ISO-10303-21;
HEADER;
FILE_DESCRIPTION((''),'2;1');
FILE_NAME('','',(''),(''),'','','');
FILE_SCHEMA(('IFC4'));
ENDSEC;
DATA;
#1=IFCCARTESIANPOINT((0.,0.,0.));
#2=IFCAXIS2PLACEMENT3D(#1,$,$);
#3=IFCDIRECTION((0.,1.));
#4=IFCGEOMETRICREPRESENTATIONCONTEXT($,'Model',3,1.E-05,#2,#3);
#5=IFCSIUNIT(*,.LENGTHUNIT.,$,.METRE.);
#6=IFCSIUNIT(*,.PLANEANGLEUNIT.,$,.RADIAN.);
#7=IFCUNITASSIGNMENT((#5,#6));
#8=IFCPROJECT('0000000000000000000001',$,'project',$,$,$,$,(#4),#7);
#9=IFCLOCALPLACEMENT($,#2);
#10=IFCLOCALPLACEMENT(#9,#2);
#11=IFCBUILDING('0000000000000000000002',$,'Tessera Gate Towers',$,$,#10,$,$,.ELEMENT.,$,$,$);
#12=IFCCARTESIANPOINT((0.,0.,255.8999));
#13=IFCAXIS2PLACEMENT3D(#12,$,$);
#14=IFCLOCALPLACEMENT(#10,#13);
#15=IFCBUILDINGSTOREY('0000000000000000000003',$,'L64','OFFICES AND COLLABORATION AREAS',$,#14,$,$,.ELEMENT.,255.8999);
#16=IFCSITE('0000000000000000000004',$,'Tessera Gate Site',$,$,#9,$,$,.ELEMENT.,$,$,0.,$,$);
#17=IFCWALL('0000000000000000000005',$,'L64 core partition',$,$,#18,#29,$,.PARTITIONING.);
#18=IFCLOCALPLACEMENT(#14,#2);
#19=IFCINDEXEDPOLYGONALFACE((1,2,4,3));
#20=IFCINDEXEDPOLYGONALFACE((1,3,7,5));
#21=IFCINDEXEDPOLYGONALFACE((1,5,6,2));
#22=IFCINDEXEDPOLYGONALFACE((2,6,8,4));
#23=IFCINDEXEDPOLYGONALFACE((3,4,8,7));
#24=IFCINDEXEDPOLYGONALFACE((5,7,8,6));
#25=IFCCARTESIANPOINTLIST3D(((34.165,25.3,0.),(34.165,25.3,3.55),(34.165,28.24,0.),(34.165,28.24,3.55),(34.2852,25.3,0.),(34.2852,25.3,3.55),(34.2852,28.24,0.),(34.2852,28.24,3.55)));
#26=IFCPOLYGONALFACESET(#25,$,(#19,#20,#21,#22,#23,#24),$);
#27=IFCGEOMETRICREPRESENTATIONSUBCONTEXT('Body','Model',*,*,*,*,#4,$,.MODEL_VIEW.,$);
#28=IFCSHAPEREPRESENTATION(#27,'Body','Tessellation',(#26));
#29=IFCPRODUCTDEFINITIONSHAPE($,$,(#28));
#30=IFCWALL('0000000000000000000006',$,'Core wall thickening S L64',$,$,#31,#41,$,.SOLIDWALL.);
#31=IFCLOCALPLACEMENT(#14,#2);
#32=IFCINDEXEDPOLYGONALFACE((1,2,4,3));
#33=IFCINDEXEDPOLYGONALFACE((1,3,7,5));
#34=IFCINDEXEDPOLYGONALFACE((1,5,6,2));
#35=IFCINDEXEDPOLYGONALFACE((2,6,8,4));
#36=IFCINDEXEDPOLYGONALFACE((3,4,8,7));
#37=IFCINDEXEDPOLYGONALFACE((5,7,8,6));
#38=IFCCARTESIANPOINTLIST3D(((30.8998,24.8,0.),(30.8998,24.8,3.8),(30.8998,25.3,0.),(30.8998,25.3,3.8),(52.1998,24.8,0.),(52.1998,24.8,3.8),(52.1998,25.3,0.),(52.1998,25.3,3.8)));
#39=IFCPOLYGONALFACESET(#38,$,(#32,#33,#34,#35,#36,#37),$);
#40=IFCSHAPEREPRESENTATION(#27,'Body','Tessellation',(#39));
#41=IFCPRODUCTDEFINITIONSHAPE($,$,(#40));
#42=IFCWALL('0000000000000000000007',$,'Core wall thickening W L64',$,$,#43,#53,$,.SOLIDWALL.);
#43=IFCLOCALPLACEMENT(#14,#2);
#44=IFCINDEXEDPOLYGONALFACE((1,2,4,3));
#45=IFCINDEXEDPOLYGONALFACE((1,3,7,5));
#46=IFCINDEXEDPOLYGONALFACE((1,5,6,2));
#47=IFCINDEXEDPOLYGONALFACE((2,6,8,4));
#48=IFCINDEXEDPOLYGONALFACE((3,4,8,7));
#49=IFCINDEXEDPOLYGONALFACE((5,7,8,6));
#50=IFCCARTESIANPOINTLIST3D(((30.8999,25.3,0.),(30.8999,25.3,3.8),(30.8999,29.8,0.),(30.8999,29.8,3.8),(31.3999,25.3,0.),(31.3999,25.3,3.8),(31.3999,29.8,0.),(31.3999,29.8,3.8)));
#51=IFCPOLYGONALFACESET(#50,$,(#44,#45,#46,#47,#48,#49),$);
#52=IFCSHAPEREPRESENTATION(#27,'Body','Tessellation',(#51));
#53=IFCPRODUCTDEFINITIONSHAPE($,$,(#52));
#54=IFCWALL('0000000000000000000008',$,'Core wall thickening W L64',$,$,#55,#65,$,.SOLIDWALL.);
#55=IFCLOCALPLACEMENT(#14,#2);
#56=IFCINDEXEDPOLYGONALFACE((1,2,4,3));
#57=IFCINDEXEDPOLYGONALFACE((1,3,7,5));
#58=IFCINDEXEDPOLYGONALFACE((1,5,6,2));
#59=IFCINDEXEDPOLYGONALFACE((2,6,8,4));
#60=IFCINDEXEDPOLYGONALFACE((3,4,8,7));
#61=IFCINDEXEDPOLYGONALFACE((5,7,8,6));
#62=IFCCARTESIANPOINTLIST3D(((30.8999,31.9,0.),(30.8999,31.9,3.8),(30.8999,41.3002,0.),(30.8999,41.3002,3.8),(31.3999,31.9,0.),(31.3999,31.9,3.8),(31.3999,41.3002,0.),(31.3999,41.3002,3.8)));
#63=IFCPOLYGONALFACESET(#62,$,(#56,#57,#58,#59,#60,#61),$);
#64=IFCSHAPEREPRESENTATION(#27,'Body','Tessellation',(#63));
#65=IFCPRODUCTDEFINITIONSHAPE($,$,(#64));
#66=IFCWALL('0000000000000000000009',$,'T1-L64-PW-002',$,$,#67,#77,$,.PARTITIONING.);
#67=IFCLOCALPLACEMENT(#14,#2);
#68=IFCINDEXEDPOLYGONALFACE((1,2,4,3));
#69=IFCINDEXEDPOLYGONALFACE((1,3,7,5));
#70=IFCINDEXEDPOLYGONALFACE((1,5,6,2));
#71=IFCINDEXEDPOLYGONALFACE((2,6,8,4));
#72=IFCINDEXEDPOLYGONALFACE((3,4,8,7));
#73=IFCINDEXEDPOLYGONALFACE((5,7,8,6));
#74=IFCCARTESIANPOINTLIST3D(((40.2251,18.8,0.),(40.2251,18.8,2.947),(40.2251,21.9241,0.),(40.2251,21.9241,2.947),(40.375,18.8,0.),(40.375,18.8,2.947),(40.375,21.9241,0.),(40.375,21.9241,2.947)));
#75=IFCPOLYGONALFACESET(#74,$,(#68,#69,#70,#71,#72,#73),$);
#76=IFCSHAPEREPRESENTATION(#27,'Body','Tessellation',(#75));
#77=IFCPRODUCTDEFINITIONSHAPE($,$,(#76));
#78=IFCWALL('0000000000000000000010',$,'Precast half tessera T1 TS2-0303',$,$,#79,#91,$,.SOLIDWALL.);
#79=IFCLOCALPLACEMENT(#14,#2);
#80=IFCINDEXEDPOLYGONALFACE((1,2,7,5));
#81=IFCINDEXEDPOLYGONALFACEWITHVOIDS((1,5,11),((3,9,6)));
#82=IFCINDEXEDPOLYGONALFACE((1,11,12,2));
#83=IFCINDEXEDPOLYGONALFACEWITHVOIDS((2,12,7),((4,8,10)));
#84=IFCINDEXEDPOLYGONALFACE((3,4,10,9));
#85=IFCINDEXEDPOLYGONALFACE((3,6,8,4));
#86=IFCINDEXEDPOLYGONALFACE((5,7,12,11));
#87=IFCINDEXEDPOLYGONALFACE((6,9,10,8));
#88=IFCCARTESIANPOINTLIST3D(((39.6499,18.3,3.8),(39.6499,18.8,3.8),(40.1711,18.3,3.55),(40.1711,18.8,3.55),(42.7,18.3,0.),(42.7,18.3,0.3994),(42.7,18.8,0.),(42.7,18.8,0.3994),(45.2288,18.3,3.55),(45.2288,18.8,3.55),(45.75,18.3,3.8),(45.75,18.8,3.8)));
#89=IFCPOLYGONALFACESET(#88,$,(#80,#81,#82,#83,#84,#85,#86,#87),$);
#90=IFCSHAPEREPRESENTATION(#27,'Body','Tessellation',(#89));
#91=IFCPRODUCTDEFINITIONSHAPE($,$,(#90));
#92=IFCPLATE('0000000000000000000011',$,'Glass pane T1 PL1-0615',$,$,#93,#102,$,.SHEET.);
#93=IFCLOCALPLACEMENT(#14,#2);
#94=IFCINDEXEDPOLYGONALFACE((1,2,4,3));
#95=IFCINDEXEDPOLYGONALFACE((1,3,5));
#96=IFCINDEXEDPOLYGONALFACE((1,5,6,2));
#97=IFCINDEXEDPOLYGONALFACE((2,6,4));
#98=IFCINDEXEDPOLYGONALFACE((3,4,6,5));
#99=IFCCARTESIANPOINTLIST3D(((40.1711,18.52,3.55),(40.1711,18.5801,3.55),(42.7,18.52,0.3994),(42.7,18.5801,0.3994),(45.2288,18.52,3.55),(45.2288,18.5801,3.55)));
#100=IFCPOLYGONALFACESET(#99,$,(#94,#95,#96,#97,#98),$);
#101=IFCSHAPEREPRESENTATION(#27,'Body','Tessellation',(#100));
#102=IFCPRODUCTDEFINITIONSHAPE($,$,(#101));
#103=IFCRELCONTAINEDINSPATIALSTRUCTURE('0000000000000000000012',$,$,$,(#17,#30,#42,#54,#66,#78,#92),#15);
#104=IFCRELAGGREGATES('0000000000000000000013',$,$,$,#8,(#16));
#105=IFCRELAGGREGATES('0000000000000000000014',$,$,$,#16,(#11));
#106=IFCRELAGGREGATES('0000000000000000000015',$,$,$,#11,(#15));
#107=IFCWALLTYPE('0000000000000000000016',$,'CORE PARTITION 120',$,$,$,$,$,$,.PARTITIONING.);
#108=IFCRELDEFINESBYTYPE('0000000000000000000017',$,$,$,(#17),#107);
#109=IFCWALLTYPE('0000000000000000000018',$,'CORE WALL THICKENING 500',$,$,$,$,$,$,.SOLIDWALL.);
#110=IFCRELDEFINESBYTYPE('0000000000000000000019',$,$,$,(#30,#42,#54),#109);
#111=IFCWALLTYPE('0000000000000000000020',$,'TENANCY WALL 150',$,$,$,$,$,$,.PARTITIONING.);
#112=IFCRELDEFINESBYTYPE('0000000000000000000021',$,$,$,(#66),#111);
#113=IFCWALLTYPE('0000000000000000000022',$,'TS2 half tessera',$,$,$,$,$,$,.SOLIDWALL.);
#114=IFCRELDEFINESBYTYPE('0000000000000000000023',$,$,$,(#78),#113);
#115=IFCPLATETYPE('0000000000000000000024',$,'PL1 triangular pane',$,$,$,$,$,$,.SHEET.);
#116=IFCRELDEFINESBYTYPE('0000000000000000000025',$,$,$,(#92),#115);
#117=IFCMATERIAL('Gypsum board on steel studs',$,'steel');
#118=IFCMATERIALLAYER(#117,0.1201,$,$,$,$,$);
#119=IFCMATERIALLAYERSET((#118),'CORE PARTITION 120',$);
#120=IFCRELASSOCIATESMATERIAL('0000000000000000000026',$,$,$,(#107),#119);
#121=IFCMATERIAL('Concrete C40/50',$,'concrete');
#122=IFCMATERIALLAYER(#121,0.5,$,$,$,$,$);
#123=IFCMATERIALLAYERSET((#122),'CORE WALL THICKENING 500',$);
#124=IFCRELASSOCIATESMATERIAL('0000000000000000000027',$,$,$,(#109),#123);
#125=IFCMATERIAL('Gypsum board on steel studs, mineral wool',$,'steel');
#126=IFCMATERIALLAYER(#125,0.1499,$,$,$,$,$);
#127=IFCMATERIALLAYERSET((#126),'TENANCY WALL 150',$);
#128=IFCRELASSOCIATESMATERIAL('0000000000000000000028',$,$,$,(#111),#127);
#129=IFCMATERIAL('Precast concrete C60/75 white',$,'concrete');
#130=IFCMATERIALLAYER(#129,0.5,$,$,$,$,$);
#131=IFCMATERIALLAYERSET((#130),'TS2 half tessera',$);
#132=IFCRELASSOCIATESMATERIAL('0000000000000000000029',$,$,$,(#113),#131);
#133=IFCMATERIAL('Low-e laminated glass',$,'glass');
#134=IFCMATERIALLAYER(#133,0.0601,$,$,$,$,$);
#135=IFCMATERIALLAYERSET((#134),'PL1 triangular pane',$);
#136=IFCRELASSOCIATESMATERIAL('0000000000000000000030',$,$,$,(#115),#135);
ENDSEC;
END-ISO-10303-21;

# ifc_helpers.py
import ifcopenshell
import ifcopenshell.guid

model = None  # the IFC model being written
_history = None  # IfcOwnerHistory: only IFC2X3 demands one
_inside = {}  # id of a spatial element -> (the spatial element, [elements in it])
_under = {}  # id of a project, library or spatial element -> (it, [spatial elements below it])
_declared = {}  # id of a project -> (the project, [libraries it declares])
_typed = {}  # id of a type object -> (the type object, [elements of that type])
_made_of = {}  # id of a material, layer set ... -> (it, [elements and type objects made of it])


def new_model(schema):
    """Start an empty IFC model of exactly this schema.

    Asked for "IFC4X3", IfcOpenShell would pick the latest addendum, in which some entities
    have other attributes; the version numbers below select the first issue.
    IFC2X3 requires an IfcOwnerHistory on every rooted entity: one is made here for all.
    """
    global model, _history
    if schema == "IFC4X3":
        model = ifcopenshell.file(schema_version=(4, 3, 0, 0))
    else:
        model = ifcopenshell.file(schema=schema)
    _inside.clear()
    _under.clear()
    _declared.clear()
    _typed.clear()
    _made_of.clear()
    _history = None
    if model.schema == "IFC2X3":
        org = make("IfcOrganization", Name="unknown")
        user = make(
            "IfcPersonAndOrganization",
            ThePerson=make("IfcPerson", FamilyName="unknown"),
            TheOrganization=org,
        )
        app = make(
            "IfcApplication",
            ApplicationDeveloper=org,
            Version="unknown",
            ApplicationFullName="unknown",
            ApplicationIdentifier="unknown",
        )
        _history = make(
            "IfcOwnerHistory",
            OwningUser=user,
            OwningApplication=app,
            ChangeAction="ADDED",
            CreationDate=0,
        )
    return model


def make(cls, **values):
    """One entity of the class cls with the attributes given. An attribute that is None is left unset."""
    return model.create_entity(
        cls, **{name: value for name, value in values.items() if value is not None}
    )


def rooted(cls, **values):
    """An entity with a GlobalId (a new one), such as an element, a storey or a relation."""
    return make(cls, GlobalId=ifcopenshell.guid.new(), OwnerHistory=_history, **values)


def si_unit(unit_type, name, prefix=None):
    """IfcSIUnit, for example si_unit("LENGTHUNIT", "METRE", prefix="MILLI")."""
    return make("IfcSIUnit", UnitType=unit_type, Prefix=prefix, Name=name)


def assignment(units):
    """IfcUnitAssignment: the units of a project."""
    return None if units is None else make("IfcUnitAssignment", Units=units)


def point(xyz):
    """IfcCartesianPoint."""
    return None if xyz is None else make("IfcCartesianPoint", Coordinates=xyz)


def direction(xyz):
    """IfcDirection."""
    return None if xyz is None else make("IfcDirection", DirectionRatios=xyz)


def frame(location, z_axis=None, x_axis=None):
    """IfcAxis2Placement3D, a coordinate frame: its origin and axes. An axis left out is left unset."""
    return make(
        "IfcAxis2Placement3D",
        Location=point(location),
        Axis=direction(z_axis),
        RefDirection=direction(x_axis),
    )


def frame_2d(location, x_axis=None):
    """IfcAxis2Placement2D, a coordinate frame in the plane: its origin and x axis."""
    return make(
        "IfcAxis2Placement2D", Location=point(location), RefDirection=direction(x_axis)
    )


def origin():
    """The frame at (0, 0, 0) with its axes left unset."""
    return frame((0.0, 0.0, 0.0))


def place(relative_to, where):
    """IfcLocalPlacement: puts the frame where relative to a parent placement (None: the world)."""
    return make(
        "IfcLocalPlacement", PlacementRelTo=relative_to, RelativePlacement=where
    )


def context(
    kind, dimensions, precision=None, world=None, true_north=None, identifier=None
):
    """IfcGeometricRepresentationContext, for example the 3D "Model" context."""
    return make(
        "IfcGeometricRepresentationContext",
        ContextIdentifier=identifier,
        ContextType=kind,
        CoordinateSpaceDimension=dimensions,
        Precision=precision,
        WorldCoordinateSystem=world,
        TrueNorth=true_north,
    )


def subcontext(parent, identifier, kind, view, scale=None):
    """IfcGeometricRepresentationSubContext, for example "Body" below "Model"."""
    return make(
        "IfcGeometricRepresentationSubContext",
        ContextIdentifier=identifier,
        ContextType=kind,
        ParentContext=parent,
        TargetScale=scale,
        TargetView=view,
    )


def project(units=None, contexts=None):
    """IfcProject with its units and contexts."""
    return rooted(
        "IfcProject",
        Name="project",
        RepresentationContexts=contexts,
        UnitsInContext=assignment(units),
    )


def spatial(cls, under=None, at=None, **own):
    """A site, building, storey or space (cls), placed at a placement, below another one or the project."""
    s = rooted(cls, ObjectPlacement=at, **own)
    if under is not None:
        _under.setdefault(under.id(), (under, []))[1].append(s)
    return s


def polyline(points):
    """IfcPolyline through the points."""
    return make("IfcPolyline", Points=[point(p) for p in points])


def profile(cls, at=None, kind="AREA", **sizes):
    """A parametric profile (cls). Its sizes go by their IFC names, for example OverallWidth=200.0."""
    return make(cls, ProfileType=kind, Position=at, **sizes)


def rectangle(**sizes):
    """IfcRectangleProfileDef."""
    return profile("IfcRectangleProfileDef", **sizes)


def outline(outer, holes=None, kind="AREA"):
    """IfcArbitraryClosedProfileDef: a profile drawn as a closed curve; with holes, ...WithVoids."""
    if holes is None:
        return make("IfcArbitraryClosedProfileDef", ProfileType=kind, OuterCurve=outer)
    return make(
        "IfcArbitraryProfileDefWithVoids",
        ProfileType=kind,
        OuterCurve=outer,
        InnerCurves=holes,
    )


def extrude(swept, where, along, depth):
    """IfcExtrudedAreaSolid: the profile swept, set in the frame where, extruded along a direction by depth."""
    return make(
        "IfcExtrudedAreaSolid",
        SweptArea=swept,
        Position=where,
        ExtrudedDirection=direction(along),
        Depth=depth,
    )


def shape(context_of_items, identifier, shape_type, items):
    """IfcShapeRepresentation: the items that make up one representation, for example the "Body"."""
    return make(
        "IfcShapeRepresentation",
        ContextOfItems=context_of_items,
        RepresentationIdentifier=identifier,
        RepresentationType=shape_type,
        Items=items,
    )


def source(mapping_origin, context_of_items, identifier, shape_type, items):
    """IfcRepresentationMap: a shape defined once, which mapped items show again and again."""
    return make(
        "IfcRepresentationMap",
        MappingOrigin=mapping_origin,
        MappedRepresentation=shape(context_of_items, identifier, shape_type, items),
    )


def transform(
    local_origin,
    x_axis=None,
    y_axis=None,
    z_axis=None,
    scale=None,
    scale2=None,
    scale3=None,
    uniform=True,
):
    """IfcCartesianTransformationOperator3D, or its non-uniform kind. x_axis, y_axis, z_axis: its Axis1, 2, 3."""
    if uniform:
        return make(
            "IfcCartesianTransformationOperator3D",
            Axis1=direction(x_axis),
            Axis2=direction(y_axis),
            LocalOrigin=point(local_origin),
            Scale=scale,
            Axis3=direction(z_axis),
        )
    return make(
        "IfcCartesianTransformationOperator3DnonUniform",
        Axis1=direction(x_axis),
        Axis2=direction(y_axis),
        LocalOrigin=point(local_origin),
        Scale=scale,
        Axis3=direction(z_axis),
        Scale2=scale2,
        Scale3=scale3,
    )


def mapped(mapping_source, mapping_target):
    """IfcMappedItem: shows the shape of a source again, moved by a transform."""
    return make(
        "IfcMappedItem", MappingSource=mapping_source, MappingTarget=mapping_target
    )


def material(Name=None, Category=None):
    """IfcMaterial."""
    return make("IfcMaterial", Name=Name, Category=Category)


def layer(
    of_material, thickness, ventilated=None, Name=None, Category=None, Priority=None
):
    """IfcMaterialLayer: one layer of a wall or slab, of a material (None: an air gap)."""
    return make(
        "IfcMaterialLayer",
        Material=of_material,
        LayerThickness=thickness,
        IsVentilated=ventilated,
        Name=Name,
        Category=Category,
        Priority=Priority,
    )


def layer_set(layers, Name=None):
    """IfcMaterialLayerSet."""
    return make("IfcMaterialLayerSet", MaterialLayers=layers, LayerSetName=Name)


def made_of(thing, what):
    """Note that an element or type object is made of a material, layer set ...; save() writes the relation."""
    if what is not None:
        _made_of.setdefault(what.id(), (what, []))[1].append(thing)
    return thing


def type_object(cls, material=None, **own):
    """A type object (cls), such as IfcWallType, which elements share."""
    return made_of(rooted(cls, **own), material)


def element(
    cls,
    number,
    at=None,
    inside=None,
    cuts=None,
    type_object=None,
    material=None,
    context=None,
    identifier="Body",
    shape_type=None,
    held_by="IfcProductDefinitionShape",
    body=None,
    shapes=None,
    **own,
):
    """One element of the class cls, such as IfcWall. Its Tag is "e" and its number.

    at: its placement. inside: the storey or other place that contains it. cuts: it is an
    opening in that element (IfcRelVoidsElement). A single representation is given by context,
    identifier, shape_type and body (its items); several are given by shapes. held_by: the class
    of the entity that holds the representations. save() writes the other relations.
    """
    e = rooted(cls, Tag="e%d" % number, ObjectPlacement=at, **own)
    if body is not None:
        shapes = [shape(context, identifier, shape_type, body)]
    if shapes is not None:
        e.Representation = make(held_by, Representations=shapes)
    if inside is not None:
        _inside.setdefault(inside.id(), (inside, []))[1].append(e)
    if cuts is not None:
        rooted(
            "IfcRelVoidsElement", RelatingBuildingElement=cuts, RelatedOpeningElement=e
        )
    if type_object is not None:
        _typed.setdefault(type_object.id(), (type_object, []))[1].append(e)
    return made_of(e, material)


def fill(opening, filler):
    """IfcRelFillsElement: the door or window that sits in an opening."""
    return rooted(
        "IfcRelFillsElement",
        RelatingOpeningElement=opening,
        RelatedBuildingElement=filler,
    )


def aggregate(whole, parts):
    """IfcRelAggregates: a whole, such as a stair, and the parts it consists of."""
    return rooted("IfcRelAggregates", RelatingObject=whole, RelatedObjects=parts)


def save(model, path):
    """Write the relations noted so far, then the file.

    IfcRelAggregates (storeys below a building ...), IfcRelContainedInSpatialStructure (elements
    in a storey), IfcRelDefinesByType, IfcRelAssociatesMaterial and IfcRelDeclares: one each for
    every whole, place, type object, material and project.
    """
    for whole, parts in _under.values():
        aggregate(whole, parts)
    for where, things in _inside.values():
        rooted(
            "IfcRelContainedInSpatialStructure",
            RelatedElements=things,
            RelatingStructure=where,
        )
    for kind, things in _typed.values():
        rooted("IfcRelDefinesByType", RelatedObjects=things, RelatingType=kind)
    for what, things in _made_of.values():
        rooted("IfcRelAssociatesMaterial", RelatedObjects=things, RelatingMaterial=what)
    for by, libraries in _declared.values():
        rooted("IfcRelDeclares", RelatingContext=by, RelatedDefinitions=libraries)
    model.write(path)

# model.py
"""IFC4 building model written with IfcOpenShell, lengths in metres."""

from ifc_helpers import new_model, si_unit, direction, frame, frame_2d, origin, place, context, subcontext, project, spatial, polyline, rectangle, outline, extrude, source, transform, mapped, material, layer, layer_set, type_object, element, fill, save


model = new_model("IFC4")

# Units and contexts
model_context = context("Model", 3, precision=1e-05, world=origin(), true_north=direction((0.0, 1.0)))
body_context = subcontext(model_context, "Body", "Model", "MODEL_VIEW")
ifc_project = project(units=[si_unit("LENGTHUNIT", "METRE"), si_unit("PLANEANGLEUNIT", "RADIAN")], contexts=[model_context])

# Site, building, storey
site_placement = place(None, origin())
site = spatial("IfcSite", under=ifc_project, at=site_placement, Name="Tessera Gate Site", CompositionType="ELEMENT", RefElevation=0.0)
building_placement = place(site_placement, origin())
building = spatial("IfcBuilding", under=site, at=building_placement, Name="Tessera Gate Towers", CompositionType="ELEMENT")
storey_placement = place(building_placement, frame((0.0, 0.0, 255.8999)))
storey = spatial("IfcBuildingStorey", under=building, at=storey_placement, Name="L64", Description="OFFICES AND COLLABORATION AREAS", CompositionType="ELEMENT", Elevation=255.8999)

# Shared definitions
ifc_material_1 = material(Name="Gypsum board on steel studs", Category="steel")
ifc_layer_1 = layer(ifc_material_1, 0.1201)
ifc_layer_set_1 = layer_set([ifc_layer_1], Name="CORE PARTITION 120")
wall_type_1 = type_object("IfcWallType", Name="CORE PARTITION 120", PredefinedType="PARTITIONING", material=ifc_layer_set_1)

# Wall
wall_1_placement = place(storey_placement, frame((34.2251, 25.3, 0.0), z_axis=(0.0, 0.0, 1.0), x_axis=(0.0, 1.0, 0.0)))
element("IfcWall", 1, at=wall_1_placement, inside=storey, type_object=wall_type_1, Name="L64 core partition", PredefinedType="PARTITIONING", context=body_context, shape_type="SweptSolid", body=[
    extrude(rectangle(XDim=2.9399, YDim=0.1201, at=frame_2d((1.47, 0.0))), origin(), (0.0, 0.0, 1.0), 3.55),
])

# Walls
ifc_material_2 = material(Name="Concrete C40/50", Category="concrete")
ifc_layer_2 = layer(ifc_material_2, 0.5)
ifc_layer_set_2 = layer_set([ifc_layer_2], Name="CORE WALL THICKENING 500")
wall_type_2 = type_object("IfcWallType", Name="CORE WALL THICKENING 500", PredefinedType="SOLIDWALL", material=ifc_layer_set_2)
wall_2_placement = place(storey_placement, frame((30.8999, 25.05, 0.0), z_axis=(0.0, 0.0, 1.0), x_axis=(1.0, 0.0, 0.0)))
element("IfcWall", 2, at=wall_2_placement, inside=storey, type_object=wall_type_2, Name="Core wall thickening S L64", PredefinedType="SOLIDWALL", context=body_context, shape_type="SweptSolid", body=[
    extrude(rectangle(XDim=21.3, YDim=0.5, at=frame_2d((10.6499, 0.0))), origin(), (0.0, 0.0, 1.0), 3.8),
])
wall_3_placement = place(storey_placement, frame((31.1499, 25.3, 0.0), z_axis=(0.0, 0.0, 1.0), x_axis=(0.0, 1.0, 0.0)))
element("IfcWall", 3, at=wall_3_placement, inside=storey, type_object=wall_type_2, Name="Core wall thickening W L64", PredefinedType="SOLIDWALL", context=body_context, shape_type="SweptSolid", body=[
    extrude(rectangle(XDim=4.5, YDim=0.5, at=frame_2d((2.25, 0.0))), origin(), (0.0, 0.0, 1.0), 3.8),
])
wall_4_placement = place(storey_placement, frame((31.1499, 31.8999, 0.0), z_axis=(0.0, 0.0, 1.0), x_axis=(0.0, 1.0, 0.0)))
element("IfcWall", 4, at=wall_4_placement, inside=storey, type_object=wall_type_2, Name="Core wall thickening W L64", PredefinedType="SOLIDWALL", context=body_context, shape_type="SweptSolid", body=[
    extrude(rectangle(XDim=9.4001, YDim=0.5, at=frame_2d((4.7002, 0.0))), origin(), (0.0, 0.0, 1.0), 3.8),
])
ifc_material_3 = material(Name="Gypsum board on steel studs, mineral wool", Category="steel")
ifc_layer_3 = layer(ifc_material_3, 0.1499)
ifc_layer_set_3 = layer_set([ifc_layer_3], Name="TENANCY WALL 150")
wall_type_3 = type_object("IfcWallType", Name="TENANCY WALL 150", PredefinedType="PARTITIONING", material=ifc_layer_set_3)
wall_5_placement = place(storey_placement, frame((40.3, 18.8, 0.0), z_axis=(0.0, 0.0, 1.0), x_axis=(0.0, 1.0, 0.0)))
element("IfcWall", 5, at=wall_5_placement, inside=storey, type_object=wall_type_3, Name="T1-L64-PW-002", PredefinedType="PARTITIONING", context=body_context, shape_type="SweptSolid", body=[
    extrude(rectangle(XDim=3.124, YDim=0.1499, at=frame_2d((1.562, 0.0))), origin(), (0.0, 0.0, 1.0), 2.947),
])

# Wall, opening, plate
ifc_material_4 = material(Name="Precast concrete C60/75 white", Category="concrete")
ifc_layer_4 = layer(ifc_material_4, 0.5)
ifc_layer_set_4 = layer_set([ifc_layer_4], Name="TS2 half tessera")
wall_type_4 = type_object("IfcWallType", Name="TS2 half tessera", PredefinedType="SOLIDWALL", material=ifc_layer_set_4)
shared_shape_1 = source(origin(), body_context, "Body", "SweptSolid", [
    extrude(outline(polyline([(3.05, 0.0), (6.1001, 3.8), (0.0, 3.8), (3.05, 0.0)])), frame((0.0, 0.25, 0.0), z_axis=(0.0, -1.0, 0.0), x_axis=(1.0, 0.0, 0.0)), (0.0, 0.0, 1.0), 0.5),
])
wall_6_placement = place(storey_placement, frame((39.6499, 18.55, 0.0), z_axis=(0.0, 0.0, 1.0), x_axis=(1.0, 0.0, 0.0)))
wall_6 = element("IfcWall", 6, at=wall_6_placement, inside=storey, type_object=wall_type_4, Name="Precast half tessera T1 TS2-0303", PredefinedType="SOLIDWALL", context=body_context, shape_type="MappedRepresentation", body=[
    mapped(shared_shape_1, transform((0.0, 0.0, 0.0), scale=1.0)),
])
shared_shape_2 = source(origin(), body_context, "Body", "SweptSolid", [
    extrude(outline(polyline([(3.05, 0.3994), (5.5789, 3.55), (0.5212, 3.55), (3.05, 0.3994)])), frame((0.0, 0.26, 0.0), z_axis=(0.0, -1.0, 0.0), x_axis=(1.0, 0.0, 0.0)), (0.0, 0.0, 1.0), 0.52),
])
opening_1_placement = place(wall_6_placement, origin())
opening_1 = element("IfcOpeningElement", 7, at=opening_1_placement, cuts=wall_6, PredefinedType="OPENING", context=body_context, shape_type="MappedRepresentation", body=[
    mapped(shared_shape_2, transform((0.0, 0.0, 0.0), scale=1.0)),
])
ifc_material_5 = material(Name="Low-e laminated glass", Category="glass")
ifc_layer_5 = layer(ifc_material_5, 0.0601)
ifc_layer_set_5 = layer_set([ifc_layer_5], Name="PL1 triangular pane")
plate_type = type_object("IfcPlateType", Name="PL1 triangular pane", PredefinedType="SHEET", material=ifc_layer_set_5)
shared_shape_3 = source(origin(), body_context, "Body", "SweptSolid", [
    extrude(outline(polyline([(3.05, 0.3994), (5.5789, 3.55), (0.5212, 3.55), (3.05, 0.3994)])), frame((0.0, 0.03, 0.0), z_axis=(0.0, -1.0, 0.0), x_axis=(1.0, 0.0, 0.0)), (0.0, 0.0, 1.0), 0.0601),
])
plate_placement = place(opening_1_placement, origin())
plate = element("IfcPlate", 8, at=plate_placement, inside=storey, type_object=plate_type, Name="Glass pane T1 PL1-0615", PredefinedType="SHEET", context=body_context, shape_type="MappedRepresentation", body=[
    mapped(shared_shape_3, transform((0.0, 0.0, 0.0), scale=1.0)),
])
fill(opening_1, plate)

save(model, "model.ifc")
